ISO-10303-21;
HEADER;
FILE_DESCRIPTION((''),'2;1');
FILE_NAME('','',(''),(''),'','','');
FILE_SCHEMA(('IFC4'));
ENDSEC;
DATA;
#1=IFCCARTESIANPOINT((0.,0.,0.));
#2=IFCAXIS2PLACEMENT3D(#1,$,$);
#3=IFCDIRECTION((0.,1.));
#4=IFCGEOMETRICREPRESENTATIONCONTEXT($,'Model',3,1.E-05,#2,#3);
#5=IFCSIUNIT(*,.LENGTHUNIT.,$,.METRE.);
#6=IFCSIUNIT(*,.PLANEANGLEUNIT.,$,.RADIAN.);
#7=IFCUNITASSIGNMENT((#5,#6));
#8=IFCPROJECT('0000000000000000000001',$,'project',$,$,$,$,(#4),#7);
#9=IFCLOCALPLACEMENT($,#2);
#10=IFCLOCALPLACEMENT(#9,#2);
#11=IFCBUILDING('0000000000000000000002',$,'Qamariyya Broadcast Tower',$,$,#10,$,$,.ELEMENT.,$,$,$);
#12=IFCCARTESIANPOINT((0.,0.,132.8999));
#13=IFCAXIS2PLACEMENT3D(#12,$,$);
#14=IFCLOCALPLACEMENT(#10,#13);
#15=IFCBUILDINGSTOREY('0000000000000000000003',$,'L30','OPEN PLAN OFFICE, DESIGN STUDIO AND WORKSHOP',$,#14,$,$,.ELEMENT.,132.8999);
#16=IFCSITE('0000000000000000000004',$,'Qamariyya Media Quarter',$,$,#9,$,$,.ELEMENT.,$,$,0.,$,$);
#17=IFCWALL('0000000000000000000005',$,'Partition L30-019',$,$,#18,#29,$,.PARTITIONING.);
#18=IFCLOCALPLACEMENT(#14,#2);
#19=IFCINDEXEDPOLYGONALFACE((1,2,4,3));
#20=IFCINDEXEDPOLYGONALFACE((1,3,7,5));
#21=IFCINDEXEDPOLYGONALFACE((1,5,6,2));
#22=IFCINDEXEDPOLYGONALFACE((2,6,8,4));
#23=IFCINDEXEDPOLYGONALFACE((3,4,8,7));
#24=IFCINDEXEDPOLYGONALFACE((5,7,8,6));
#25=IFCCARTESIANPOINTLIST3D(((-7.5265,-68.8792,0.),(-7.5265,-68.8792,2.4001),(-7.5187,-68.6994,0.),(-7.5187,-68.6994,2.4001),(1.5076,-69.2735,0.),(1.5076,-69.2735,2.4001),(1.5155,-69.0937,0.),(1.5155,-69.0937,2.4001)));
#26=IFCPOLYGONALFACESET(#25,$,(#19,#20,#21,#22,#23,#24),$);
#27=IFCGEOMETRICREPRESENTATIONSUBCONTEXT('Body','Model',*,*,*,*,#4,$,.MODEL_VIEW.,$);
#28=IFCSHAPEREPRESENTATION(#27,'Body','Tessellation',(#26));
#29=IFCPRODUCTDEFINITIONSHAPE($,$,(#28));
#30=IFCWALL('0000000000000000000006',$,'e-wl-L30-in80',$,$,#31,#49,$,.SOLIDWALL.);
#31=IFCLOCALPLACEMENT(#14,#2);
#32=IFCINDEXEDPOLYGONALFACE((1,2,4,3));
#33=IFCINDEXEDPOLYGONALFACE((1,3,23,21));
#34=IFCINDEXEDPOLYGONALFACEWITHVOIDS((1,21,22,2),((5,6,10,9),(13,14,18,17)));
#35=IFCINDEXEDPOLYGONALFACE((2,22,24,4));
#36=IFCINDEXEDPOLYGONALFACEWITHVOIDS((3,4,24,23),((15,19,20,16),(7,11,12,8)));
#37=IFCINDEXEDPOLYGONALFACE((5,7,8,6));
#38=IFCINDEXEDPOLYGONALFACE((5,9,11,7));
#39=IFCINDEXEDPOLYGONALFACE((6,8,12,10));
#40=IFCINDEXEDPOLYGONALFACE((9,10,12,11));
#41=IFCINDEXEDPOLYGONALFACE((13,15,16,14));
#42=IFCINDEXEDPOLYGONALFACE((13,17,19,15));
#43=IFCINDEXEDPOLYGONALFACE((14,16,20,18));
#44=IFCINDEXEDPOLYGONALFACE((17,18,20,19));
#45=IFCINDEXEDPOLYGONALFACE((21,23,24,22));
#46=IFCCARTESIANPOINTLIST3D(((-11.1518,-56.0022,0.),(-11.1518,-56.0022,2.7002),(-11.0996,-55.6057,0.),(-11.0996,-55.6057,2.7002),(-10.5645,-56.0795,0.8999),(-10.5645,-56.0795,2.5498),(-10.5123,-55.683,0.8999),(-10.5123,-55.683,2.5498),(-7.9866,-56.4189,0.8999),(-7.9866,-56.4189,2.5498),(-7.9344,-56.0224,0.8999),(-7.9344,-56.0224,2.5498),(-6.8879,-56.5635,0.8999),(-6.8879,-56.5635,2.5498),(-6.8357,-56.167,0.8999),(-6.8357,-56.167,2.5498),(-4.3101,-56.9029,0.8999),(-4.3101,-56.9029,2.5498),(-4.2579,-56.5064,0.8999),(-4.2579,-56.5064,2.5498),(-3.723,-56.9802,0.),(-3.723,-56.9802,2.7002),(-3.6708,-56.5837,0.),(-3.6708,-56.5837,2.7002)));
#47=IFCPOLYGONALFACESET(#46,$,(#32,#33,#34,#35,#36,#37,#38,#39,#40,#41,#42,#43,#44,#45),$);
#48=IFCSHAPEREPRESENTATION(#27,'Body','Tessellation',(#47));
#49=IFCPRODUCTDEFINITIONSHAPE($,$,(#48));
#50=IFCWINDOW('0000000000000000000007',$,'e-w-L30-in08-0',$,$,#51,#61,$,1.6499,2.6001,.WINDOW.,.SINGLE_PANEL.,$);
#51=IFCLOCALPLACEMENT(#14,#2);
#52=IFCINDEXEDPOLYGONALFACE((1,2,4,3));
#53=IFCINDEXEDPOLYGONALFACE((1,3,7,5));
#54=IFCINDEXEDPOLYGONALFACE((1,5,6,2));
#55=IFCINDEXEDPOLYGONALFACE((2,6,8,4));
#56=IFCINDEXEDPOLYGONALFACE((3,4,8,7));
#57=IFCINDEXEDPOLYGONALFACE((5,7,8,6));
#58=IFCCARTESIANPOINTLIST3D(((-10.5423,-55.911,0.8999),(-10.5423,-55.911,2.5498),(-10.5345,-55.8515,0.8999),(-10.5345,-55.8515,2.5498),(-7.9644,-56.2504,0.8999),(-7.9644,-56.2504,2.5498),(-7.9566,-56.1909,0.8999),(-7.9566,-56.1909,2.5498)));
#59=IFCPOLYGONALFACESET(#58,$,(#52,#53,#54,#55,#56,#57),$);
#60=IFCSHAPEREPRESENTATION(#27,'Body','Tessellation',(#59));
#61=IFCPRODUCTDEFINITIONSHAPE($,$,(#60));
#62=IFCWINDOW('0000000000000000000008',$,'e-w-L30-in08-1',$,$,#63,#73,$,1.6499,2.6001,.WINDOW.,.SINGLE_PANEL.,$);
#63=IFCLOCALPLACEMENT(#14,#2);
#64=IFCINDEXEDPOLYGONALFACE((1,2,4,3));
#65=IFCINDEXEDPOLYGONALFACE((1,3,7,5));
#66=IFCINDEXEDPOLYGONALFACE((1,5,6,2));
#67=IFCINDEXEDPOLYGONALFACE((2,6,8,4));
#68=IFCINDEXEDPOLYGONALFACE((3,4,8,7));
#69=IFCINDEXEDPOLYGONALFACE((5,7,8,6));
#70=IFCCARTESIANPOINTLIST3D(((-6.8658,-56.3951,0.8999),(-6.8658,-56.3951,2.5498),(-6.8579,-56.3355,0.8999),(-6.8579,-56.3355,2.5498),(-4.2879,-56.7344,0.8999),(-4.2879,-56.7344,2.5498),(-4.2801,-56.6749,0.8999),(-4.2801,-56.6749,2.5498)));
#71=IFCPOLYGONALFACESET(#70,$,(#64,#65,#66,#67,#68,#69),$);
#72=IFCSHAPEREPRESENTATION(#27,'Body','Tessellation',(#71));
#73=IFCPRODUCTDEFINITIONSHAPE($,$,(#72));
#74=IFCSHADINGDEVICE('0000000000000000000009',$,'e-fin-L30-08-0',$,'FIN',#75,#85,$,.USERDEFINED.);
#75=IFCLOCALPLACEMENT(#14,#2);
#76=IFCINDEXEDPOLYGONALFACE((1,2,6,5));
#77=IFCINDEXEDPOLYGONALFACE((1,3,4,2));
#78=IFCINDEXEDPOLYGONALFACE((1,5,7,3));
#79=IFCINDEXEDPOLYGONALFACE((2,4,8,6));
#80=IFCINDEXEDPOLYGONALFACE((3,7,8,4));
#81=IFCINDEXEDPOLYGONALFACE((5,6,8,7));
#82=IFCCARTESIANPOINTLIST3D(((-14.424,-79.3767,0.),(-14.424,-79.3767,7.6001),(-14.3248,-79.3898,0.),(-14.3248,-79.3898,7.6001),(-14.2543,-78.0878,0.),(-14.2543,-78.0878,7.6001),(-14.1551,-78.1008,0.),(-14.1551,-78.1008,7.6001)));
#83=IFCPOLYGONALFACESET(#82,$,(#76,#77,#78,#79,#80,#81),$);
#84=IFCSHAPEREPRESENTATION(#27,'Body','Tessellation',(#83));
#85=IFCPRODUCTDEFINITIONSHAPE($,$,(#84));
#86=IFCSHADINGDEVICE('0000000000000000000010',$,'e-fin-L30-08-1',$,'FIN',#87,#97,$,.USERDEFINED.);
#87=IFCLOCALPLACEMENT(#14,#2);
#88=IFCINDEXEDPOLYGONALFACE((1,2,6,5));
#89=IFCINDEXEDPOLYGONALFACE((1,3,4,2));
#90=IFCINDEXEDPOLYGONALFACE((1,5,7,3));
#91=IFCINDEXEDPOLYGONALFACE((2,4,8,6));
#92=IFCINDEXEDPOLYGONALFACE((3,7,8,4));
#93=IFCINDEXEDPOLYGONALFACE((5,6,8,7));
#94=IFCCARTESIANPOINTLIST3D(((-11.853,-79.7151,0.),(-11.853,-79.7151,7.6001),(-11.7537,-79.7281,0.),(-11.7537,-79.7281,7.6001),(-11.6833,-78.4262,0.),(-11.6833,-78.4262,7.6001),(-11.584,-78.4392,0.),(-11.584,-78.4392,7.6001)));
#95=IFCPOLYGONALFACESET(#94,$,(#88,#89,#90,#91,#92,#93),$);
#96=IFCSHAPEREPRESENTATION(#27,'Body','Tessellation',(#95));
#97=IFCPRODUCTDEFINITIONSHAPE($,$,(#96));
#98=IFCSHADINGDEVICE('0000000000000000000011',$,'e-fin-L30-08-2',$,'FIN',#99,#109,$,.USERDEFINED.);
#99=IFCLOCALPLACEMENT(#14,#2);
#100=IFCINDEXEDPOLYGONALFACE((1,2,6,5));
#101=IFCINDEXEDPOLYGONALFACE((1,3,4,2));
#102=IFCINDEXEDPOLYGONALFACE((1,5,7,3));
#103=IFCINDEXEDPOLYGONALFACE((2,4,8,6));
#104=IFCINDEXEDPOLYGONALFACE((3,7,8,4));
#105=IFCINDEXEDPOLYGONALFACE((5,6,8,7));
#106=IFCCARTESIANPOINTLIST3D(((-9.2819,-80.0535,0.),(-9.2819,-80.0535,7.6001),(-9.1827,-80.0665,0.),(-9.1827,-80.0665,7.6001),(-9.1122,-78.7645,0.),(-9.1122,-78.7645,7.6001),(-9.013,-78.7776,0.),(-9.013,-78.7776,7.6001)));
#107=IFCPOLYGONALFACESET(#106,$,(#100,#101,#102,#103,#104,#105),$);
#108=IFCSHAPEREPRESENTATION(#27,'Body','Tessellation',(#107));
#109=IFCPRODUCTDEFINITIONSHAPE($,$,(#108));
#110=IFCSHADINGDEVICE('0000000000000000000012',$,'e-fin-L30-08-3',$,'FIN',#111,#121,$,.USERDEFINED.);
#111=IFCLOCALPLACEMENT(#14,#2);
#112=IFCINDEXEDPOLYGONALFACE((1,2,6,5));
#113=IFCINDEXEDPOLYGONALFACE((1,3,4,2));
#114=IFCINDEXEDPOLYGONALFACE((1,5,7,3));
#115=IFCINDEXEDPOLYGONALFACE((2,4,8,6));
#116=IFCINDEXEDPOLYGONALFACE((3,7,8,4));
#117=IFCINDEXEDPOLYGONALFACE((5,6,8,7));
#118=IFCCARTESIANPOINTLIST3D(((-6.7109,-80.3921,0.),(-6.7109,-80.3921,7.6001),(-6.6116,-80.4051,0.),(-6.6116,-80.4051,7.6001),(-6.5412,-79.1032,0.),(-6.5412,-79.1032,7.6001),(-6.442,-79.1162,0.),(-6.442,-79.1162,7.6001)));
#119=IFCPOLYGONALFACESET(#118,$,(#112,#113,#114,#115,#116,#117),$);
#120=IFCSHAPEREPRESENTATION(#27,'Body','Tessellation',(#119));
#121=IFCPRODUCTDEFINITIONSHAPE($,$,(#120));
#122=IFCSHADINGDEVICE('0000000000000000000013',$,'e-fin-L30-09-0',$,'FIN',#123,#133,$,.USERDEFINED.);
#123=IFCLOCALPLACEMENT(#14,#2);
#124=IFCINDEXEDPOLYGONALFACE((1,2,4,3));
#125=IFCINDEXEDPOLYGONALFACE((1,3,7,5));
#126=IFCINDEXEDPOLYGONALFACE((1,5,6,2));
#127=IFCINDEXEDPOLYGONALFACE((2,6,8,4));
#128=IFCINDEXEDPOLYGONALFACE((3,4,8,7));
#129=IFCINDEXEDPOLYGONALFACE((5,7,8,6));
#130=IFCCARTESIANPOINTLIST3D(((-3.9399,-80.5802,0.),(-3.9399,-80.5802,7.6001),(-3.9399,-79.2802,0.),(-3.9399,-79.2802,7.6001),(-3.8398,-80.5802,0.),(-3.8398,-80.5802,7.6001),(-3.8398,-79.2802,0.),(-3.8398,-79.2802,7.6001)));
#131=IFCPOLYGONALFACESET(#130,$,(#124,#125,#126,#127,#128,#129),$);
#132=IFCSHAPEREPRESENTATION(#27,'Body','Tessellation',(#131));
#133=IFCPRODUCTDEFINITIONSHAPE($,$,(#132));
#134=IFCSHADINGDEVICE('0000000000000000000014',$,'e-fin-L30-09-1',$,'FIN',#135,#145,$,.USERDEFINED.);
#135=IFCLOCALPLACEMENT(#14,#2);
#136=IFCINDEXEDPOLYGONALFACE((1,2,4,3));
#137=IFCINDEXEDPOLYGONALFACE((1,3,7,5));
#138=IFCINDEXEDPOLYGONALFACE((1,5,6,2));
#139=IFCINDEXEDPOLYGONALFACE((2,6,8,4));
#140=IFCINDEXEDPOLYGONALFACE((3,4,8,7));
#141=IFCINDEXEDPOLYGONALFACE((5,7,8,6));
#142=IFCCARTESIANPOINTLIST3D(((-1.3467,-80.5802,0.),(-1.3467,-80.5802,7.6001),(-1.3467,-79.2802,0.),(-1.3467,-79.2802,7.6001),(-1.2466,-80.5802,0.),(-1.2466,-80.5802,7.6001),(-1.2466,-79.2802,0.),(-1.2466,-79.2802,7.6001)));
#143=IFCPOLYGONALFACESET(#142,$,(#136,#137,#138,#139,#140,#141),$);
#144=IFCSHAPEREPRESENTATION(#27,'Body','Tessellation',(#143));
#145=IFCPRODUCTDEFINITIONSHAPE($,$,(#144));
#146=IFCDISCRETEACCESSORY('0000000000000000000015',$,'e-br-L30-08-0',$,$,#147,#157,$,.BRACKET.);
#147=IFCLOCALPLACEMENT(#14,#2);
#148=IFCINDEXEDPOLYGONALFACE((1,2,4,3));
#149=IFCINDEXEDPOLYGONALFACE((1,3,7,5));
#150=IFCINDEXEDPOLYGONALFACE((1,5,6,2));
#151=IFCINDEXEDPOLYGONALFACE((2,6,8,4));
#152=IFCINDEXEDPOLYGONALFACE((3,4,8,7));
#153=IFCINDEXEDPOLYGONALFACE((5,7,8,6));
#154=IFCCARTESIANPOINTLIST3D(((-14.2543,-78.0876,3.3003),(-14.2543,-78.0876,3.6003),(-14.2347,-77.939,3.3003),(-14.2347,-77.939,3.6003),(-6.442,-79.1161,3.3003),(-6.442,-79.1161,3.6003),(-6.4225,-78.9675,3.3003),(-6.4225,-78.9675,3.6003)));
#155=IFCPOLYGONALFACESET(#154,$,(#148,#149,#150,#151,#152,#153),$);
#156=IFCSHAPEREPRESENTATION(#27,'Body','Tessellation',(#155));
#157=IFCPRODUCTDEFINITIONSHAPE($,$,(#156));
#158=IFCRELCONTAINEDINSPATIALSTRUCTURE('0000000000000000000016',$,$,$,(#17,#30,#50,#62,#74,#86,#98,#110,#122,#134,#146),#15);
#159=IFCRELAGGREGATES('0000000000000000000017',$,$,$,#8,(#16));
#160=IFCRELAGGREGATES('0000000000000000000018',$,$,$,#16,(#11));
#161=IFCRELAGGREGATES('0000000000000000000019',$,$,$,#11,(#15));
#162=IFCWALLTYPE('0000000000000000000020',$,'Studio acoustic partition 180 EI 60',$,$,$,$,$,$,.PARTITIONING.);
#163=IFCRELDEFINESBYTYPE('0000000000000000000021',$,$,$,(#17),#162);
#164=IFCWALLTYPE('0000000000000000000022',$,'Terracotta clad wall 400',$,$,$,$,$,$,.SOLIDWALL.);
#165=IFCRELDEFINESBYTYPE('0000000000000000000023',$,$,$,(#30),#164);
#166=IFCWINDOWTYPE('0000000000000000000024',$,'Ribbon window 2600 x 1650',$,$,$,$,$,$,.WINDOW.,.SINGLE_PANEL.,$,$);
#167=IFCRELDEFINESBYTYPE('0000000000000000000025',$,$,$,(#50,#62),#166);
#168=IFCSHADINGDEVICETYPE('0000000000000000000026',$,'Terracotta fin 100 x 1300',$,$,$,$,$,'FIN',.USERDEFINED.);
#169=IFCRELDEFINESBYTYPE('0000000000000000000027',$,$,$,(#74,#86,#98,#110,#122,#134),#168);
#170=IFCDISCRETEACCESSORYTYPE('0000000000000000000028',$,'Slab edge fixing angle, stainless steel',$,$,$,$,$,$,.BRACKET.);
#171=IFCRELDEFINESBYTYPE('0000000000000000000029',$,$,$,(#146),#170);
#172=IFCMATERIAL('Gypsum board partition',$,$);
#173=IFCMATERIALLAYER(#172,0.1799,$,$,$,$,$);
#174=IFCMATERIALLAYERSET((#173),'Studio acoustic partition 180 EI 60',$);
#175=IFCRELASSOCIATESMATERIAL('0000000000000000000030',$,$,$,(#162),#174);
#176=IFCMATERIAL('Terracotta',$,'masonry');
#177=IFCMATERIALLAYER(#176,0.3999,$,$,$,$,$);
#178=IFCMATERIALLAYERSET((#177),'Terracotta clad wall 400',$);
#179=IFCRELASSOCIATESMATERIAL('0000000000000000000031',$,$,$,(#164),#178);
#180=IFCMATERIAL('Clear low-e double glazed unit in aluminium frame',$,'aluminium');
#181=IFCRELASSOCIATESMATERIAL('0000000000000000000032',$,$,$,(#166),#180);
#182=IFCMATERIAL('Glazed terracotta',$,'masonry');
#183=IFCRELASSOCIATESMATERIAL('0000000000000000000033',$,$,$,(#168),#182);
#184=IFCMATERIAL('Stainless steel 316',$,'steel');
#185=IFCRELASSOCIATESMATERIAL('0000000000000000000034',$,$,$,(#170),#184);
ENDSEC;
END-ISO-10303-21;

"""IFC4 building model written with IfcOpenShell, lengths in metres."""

from ifc_helpers import new_model, si_unit, direction, frame, frame_2d, origin, origin_2d, place, context, subcontext, project, spatial, rectangle, extrude, material, layer, layer_set, material_profile, profile_set, type_object, element, fill, save


model = new_model("IFC4")

# Units and contexts
model_context = context("Model", 3, precision=1e-05, world=origin(), true_north=direction((0.0, 1.0)))
body_context = subcontext(model_context, "Body", "Model", "MODEL_VIEW")
ifc_project = project(units=[si_unit("LENGTHUNIT", "METRE"), si_unit("PLANEANGLEUNIT", "RADIAN")], contexts=[model_context])

# Site, building, storey
site_placement = place(None, origin())
site = spatial("IfcSite", under=ifc_project, at=site_placement, Name="Qamariyya Media Quarter", CompositionType="ELEMENT", RefElevation=0.0)
building_placement = place(site_placement, origin())
building = spatial("IfcBuilding", under=site, at=building_placement, Name="Qamariyya Broadcast Tower", CompositionType="ELEMENT")
storey_placement = place(building_placement, frame((0.0, 0.0, 132.8999)))
storey = spatial("IfcBuildingStorey", under=building, at=storey_placement, Name="L30", Description="OPEN PLAN OFFICE, DESIGN STUDIO AND WORKSHOP", CompositionType="ELEMENT", Elevation=132.8999)

# Shared definitions
ifc_material_1 = material(Name="Gypsum board partition")

# Shared definitions
ifc_layer_1 = layer(ifc_material_1, 0.1799)
ifc_layer_set_1 = layer_set([ifc_layer_1], Name="Studio acoustic partition 180 EI 60")
wall_type_1 = type_object("IfcWallType", Name="Studio acoustic partition 180 EI 60", PredefinedType="PARTITIONING", material=ifc_layer_set_1)

# Wall
wall_1_placement = place(storey_placement, frame((-7.5227, -68.7893, 0.0), z_axis=(0.0, 0.0, 1.0), x_axis=(0.999049, -0.043602, 0.0)))
element("IfcWall", 1, at=wall_1_placement, inside=storey, type_object=wall_type_1, Name="Partition L30-019", PredefinedType="PARTITIONING", context=body_context, shape_type="SweptSolid", body=[
    extrude(rectangle(XDim=9.0427, YDim=0.1799, at=frame_2d((4.5215, 0.0))), origin(), (0.0, 0.0, 1.0), 2.4001),
])

# Wall, openings, windows
ifc_material_2 = material(Name="Terracotta", Category="masonry")
ifc_layer_2 = layer(ifc_material_2, 0.3999)
ifc_layer_set_2 = layer_set([ifc_layer_2], Name="Terracotta clad wall 400")
wall_type_2 = type_object("IfcWallType", Name="Terracotta clad wall 400", PredefinedType="SOLIDWALL", material=ifc_layer_set_2)
wall_2_placement = place(storey_placement, frame((-3.6968, -56.782, 0.0), z_axis=(0.0, 0.0, 1.0), x_axis=(-0.991445, 0.130529, 0.0)))
wall_2 = element("IfcWall", 2, at=wall_2_placement, inside=storey, type_object=wall_type_2, Name="e-wl-L30-in80", PredefinedType="SOLIDWALL", context=body_context, shape_type="SweptSolid", body=[
    extrude(rectangle(XDim=7.4929, YDim=0.3999, at=frame_2d((3.7466, 0.0))), origin(), (0.0, 0.0, 1.0), 2.7002),
])
opening_1_placement = place(wall_2_placement, frame((4.3005, 0.0, 0.8999)))
opening_1 = element("IfcOpeningElement", 3, at=opening_1_placement, cuts=wall_2, PredefinedType="OPENING", context=body_context, shape_type="SweptSolid", body=[
    extrude(rectangle(XDim=2.6001, YDim=1.6499, at=frame_2d((1.3, 0.825))), frame((0.0, 0.21, 0.0), z_axis=(0.0, -1.0, 0.0), x_axis=(1.0, 0.0, 0.0)), (0.0, 0.0, 1.0), 0.4199),
])
opening_2_placement = place(wall_2_placement, frame((0.5923, 0.0, 0.8999)))
opening_2 = element("IfcOpeningElement", 4, at=opening_2_placement, cuts=wall_2, PredefinedType="OPENING", context=body_context, shape_type="SweptSolid", body=[
    extrude(rectangle(XDim=2.6001, YDim=1.6499, at=frame_2d((1.3, 0.825))), frame((0.0, 0.21, 0.0), z_axis=(0.0, -1.0, 0.0), x_axis=(1.0, 0.0, 0.0)), (0.0, 0.0, 1.0), 0.4199),
])
ifc_material_3 = material(Name="Clear low-e double glazed unit in aluminium frame", Category="aluminium")
window_type = type_object("IfcWindowType", Name="Ribbon window 2600 x 1650", PartitioningType="SINGLE_PANEL", PredefinedType="WINDOW", material=ifc_material_3)
window_1_placement = place(opening_1_placement, origin())
window_1 = element("IfcWindow", 5, at=window_1_placement, inside=storey, type_object=window_type, Name="e-w-L30-in08-0", OverallHeight=1.6499, OverallWidth=2.6001, PartitioningType="SINGLE_PANEL", PredefinedType="WINDOW", context=body_context, shape_type="SweptSolid", body=[
    extrude(rectangle(XDim=2.6001, YDim=1.6499, at=frame_2d((1.3, 0.825))), frame((0.0, 0.03, 0.0), z_axis=(0.0, -1.0, 0.0), x_axis=(1.0, 0.0, 0.0)), (0.0, 0.0, 1.0), 0.0601),
])
fill(opening_1, window_1)
window_2_placement = place(opening_2_placement, origin())
window_2 = element("IfcWindow", 6, at=window_2_placement, inside=storey, type_object=window_type, Name="e-w-L30-in08-1", OverallHeight=1.6499, OverallWidth=2.6001, PartitioningType="SINGLE_PANEL", PredefinedType="WINDOW", context=body_context, shape_type="SweptSolid", body=[
    extrude(rectangle(XDim=2.6001, YDim=1.6499, at=frame_2d((1.3, 0.825))), frame((0.0, 0.03, 0.0), z_axis=(0.0, -1.0, 0.0), x_axis=(1.0, 0.0, 0.0)), (0.0, 0.0, 1.0), 0.0601),
])
fill(opening_2, window_2)

# Shading devices
ifc_material_4 = material(Name="Glazed terracotta", Category="masonry")
ifc_material_profile_1 = material_profile(ifc_material_4, rectangle(XDim=1.3, YDim=0.1001, at=origin_2d()))
ifc_profile_set_1 = profile_set([ifc_material_profile_1], Name="Glazed terracotta")
shading_device_type_1 = type_object("IfcShadingDeviceType", Name="Terracotta fin 100 x 1300", ElementType="FIN", PredefinedType="USERDEFINED", material=ifc_profile_set_1)
for number, where, z_axis, x_axis, name in (
    (7, (-14.2896, -78.7388, 0.0), (0.0, 0.0, 1.0), (-0.130526, -0.991445, 0.0), "e-fin-L30-08-0"),
    (8, (-11.7185, -79.0771, 0.0), (0.0, 0.0, 1.0), (-0.130526, -0.991445, 0.0), "e-fin-L30-08-1"),
    (9, (-9.1475, -79.4155, 0.0), (0.0, 0.0, 1.0), (-0.130526, -0.991445, 0.0), "e-fin-L30-08-2"),
    (10, (-6.5764, -79.7542, 0.0), (0.0, 0.0, 1.0), (-0.130526, -0.991445, 0.0), "e-fin-L30-08-3"),
    (11, (-3.8899, -79.9302, 0.0), (0.0, 0.0, 1.0), (0.0, -1.0, 0.0), "e-fin-L30-09-0"),
    (12, (-1.2966, -79.9302, 0.0), (0.0, 0.0, 1.0), (0.0, -1.0, 0.0), "e-fin-L30-09-1"),
):
    element("IfcShadingDevice", number, at=place(storey_placement, frame(where, z_axis=z_axis, x_axis=x_axis)), inside=storey, type_object=shading_device_type_1, Name=name, ObjectType="FIN", PredefinedType="USERDEFINED", context=body_context, shape_type="SweptSolid", body=[
        extrude(rectangle(XDim=1.3, YDim=0.1001, at=origin_2d()), origin(), (0.0, 0.0, 1.0), 7.6001),
    ])

# Discrete accessory
ifc_material_5 = material(Name="Stainless steel 316", Category="steel")
discrete_accessory_type = type_object("IfcDiscreteAccessoryType", Name="Slab edge fixing angle, stainless steel", PredefinedType="BRACKET", material=ifc_material_5)
discrete_accessory_placement = place(storey_placement, frame((-10.3384, -78.5276, 3.3003), z_axis=(0.0, 0.0, 1.0), x_axis=(0.991445, -0.130526, 0.0)))
element("IfcDiscreteAccessory", 13, at=discrete_accessory_placement, inside=storey, type_object=discrete_accessory_type, Name="e-br-L30-08-0", PredefinedType="BRACKET", context=body_context, shape_type="SweptSolid", body=[
    extrude(rectangle(XDim=7.8796, YDim=0.1499, at=origin_2d()), origin(), (0.0, 0.0, 1.0), 0.3),
])

save(model, "model.ifc")
